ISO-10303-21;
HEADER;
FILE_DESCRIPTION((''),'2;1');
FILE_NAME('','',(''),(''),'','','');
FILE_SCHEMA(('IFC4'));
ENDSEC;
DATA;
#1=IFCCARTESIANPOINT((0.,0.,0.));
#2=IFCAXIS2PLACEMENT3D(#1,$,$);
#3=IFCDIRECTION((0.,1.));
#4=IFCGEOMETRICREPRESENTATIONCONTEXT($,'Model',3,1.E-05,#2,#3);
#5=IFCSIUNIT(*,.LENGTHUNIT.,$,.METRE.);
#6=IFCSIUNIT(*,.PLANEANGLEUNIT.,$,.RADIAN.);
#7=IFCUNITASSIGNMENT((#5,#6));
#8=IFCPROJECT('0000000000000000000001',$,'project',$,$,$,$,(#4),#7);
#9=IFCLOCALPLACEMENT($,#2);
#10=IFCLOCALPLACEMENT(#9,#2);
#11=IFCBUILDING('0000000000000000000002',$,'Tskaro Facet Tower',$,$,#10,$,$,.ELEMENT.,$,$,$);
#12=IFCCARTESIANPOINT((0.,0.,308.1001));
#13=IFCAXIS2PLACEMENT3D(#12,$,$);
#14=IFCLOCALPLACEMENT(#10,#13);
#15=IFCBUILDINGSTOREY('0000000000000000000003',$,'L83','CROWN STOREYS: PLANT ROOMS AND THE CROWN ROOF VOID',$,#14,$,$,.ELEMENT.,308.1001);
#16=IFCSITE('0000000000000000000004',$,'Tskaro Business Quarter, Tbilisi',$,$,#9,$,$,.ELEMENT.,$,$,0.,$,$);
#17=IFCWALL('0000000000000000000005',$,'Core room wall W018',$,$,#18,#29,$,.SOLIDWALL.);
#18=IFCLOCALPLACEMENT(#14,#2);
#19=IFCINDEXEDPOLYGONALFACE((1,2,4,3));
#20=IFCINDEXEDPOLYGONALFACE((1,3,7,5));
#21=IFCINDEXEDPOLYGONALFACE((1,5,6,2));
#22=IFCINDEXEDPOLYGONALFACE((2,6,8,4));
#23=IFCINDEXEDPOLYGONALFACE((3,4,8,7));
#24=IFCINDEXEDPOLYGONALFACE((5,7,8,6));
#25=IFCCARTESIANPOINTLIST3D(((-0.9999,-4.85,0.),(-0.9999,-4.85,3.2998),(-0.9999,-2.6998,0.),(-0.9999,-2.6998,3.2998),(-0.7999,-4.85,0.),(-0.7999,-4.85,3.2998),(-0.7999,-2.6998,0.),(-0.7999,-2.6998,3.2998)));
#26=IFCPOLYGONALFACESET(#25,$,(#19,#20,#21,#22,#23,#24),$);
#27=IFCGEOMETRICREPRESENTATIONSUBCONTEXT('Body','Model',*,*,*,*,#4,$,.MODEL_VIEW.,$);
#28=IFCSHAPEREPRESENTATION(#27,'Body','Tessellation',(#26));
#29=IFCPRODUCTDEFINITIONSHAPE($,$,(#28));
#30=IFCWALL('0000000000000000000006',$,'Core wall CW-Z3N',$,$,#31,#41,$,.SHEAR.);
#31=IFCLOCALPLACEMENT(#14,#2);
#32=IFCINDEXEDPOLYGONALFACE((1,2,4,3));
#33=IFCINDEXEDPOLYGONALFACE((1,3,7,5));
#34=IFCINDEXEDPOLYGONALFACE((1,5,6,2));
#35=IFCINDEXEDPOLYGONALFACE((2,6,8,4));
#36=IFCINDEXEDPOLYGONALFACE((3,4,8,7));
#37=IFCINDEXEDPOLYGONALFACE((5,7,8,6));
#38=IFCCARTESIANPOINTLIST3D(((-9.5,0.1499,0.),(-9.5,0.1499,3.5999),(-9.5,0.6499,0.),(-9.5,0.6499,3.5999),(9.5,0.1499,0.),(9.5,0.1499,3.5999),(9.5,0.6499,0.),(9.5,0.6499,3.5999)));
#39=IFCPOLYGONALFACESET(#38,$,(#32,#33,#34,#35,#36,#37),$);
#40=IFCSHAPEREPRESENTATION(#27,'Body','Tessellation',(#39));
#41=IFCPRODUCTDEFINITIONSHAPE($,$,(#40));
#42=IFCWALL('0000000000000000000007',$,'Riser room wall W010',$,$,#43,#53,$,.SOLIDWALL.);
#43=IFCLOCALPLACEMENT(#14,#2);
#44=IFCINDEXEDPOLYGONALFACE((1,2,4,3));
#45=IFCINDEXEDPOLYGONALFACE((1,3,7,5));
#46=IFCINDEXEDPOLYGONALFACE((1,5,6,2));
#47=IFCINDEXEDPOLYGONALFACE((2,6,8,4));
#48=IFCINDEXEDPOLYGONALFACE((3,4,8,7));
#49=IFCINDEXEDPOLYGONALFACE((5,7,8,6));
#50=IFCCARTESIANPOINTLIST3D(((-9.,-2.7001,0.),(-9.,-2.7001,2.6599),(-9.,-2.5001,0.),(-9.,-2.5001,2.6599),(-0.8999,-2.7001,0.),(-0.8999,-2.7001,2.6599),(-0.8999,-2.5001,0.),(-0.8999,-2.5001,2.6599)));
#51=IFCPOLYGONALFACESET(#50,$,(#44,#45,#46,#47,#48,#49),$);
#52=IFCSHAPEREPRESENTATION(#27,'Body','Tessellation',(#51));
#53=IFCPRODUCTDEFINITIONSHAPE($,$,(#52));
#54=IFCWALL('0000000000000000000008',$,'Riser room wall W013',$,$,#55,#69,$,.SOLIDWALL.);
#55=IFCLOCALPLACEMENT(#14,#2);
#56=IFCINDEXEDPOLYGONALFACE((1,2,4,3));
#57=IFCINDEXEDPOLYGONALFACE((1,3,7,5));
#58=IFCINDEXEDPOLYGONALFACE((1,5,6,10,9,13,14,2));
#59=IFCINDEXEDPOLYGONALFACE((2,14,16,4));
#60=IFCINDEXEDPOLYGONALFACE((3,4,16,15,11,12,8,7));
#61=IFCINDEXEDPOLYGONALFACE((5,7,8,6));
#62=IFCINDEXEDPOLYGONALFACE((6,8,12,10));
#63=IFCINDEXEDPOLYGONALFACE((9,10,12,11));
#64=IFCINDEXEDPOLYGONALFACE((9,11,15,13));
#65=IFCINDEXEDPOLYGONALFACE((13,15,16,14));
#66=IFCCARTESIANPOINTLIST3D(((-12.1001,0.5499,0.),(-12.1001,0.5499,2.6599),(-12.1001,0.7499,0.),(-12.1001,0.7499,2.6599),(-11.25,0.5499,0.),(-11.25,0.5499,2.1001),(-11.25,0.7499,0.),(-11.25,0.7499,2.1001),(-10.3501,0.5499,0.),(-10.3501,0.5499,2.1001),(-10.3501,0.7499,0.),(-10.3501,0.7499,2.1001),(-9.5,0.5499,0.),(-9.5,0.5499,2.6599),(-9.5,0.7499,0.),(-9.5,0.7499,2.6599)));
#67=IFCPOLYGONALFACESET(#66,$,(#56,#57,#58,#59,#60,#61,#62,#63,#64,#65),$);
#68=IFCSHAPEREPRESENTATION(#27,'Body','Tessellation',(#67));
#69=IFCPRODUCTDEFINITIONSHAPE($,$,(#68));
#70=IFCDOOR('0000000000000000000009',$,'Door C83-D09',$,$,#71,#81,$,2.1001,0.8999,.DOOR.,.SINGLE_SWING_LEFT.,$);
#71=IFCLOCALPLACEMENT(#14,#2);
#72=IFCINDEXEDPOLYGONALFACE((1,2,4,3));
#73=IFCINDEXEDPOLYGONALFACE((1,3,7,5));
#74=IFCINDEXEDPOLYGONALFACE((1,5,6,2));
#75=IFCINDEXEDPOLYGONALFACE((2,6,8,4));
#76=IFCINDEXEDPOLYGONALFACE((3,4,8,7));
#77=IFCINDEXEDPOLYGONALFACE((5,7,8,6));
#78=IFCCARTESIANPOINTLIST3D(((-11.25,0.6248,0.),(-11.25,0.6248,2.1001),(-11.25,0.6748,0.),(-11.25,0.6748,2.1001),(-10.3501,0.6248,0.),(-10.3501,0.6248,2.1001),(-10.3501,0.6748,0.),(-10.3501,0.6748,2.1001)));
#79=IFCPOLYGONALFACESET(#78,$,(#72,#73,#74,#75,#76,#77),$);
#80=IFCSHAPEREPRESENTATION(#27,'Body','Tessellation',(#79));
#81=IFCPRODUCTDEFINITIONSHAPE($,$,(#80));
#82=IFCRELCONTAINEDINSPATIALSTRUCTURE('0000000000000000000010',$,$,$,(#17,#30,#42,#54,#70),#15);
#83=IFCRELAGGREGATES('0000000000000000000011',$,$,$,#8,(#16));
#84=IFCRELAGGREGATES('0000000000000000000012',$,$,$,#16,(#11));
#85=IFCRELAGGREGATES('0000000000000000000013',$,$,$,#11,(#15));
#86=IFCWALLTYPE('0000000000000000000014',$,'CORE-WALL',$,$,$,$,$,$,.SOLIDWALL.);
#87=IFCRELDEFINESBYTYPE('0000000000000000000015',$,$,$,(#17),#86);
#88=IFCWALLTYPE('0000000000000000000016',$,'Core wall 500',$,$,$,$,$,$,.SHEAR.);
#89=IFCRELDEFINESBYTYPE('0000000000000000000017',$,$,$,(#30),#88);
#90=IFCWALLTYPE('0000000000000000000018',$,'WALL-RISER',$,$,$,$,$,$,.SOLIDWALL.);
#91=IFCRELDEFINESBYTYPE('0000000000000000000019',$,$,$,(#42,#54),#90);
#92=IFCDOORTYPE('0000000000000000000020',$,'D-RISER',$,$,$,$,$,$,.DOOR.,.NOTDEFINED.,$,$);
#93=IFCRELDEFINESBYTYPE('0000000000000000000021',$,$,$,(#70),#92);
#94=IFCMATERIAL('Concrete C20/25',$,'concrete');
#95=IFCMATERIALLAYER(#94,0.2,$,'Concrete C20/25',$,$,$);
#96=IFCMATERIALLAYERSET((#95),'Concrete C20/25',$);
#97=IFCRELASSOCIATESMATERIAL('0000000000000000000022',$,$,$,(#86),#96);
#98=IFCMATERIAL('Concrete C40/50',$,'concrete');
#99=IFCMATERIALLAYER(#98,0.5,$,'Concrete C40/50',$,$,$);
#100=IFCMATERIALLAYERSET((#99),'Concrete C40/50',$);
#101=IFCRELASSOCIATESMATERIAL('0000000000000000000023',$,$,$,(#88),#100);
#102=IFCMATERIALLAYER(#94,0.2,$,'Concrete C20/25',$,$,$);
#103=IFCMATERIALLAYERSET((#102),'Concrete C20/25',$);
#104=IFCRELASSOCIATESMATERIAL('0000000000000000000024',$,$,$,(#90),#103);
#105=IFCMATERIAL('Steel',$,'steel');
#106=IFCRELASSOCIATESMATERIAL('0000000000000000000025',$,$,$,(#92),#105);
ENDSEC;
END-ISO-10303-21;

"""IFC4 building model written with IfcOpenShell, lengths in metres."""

from ifc_helpers import new_model, si_unit, direction, frame, frame_2d, origin, place, context, subcontext, project, spatial, polyline, rectangle, outline, extrude, material, layer, layer_set, type_object, element, fill, save


model = new_model("IFC4")

# Units and contexts
model_context = context("Model", 3, precision=1e-05, world=origin(), true_north=direction((0.0, 1.0)))
body_context = subcontext(model_context, "Body", "Model", "MODEL_VIEW")
ifc_project = project(units=[si_unit("LENGTHUNIT", "METRE"), si_unit("PLANEANGLEUNIT", "RADIAN")], contexts=[model_context])

# Site, building, storey
site_placement = place(None, origin())
site = spatial("IfcSite", under=ifc_project, at=site_placement, Name="Tskaro Business Quarter, Tbilisi", CompositionType="ELEMENT", RefElevation=0.0)
building_placement = place(site_placement, origin())
building = spatial("IfcBuilding", under=site, at=building_placement, Name="Tskaro Facet Tower", CompositionType="ELEMENT")
storey_placement = place(building_placement, frame((0.0, 0.0, 308.1001)))
storey = spatial("IfcBuildingStorey", under=building, at=storey_placement, Name="L83", Description="CROWN STOREYS: PLANT ROOMS AND THE CROWN ROOF VOID", CompositionType="ELEMENT", Elevation=308.1001)

# Shared definitions
ifc_material_1 = material(Name="Concrete C40/50", Category="concrete")

# Shared definitions
ifc_material_2 = material(Name="Concrete C20/25", Category="concrete")
ifc_layer_1 = layer(ifc_material_2, 0.2, Name="Concrete C20/25")
ifc_layer_set_1 = layer_set([ifc_layer_1], Name="Concrete C20/25")
wall_type_1 = type_object("IfcWallType", Name="CORE-WALL", PredefinedType="SOLIDWALL", material=ifc_layer_set_1)
ifc_material_3 = material(Name="Steel", Category="steel")

# Walls
wall_1_placement = place(storey_placement, frame((-0.8999, -4.8501, 0.0), z_axis=(0.0, 0.0, 1.0), x_axis=(0.0, 1.0, 0.0)))
element("IfcWall", 1, at=wall_1_placement, inside=storey, type_object=wall_type_1, Name="Core room wall W018", PredefinedType="SOLIDWALL", context=body_context, shape_type="SweptSolid", body=[
    extrude(rectangle(XDim=2.1501, YDim=0.2, at=frame_2d((1.0752, 0.0))), origin(), (0.0, 0.0, 1.0), 3.2998),
])
ifc_layer_2 = layer(ifc_material_1, 0.5, Name="Concrete C40/50")
ifc_layer_set_2 = layer_set([ifc_layer_2], Name="Concrete C40/50")
wall_type_2 = type_object("IfcWallType", Name="Core wall 500", PredefinedType="SHEAR", material=ifc_layer_set_2)
wall_2_placement = place(storey_placement, frame((-9.5, 0.3999, 0.0), z_axis=(0.0, 0.0, 1.0), x_axis=(1.0, 0.0, 0.0)))
element("IfcWall", 2, at=wall_2_placement, inside=storey, type_object=wall_type_2, Name="Core wall CW-Z3N", PredefinedType="SHEAR", context=body_context, shape_type="SweptSolid", body=[
    extrude(outline(polyline([(0.0, 0.0), (19.0, 0.0), (19.0, 3.5999), (0.0, 3.5999), (0.0, 0.0)])), frame((0.0, 0.25, 0.0), z_axis=(0.0, -1.0, 0.0), x_axis=(1.0, 0.0, 0.0)), (0.0, 0.0, 1.0), 0.5),
])
ifc_layer_3 = layer(ifc_material_2, 0.2, Name="Concrete C20/25")
ifc_layer_set_3 = layer_set([ifc_layer_3], Name="Concrete C20/25")
wall_type_3 = type_object("IfcWallType", Name="WALL-RISER", PredefinedType="SOLIDWALL", material=ifc_layer_set_3)
wall_3_placement = place(storey_placement, frame((-9.0, -2.6001, 0.0), z_axis=(0.0, 0.0, 1.0), x_axis=(1.0, 0.0, 0.0)))
element("IfcWall", 3, at=wall_3_placement, inside=storey, type_object=wall_type_3, Name="Riser room wall W010", PredefinedType="SOLIDWALL", context=body_context, shape_type="SweptSolid", body=[
    extrude(rectangle(XDim=8.1001, YDim=0.2, at=frame_2d((4.05, 0.0))), origin(), (0.0, 0.0, 1.0), 2.6599),
])

# Wall, opening, door
wall_4_placement = place(storey_placement, frame((-12.1001, 0.6499, 0.0), z_axis=(0.0, 0.0, 1.0), x_axis=(1.0, 0.0, 0.0)))
wall_4 = element("IfcWall", 4, at=wall_4_placement, inside=storey, type_object=wall_type_3, Name="Riser room wall W013", PredefinedType="SOLIDWALL", context=body_context, shape_type="SweptSolid", body=[
    extrude(rectangle(XDim=2.6001, YDim=0.2, at=frame_2d((1.3, 0.0))), origin(), (0.0, 0.0, 1.0), 2.6599),
])
opening_1_placement = place(wall_4_placement, frame((0.8501, 0.0, 0.0)))
opening_1 = element("IfcOpeningElement", 5, at=opening_1_placement, cuts=wall_4, PredefinedType="OPENING", context=body_context, shape_type="SweptSolid", body=[
    extrude(rectangle(XDim=0.8999, YDim=2.1001, at=frame_2d((0.45, 1.05))), frame((0.0, 0.1099, 0.0), z_axis=(0.0, -1.0, 0.0), x_axis=(1.0, 0.0, 0.0)), (0.0, 0.0, 1.0), 0.22),
])
door_type_1 = type_object("IfcDoorType", Name="D-RISER", OperationType="NOTDEFINED", PredefinedType="DOOR", material=ifc_material_3)
door_1_placement = place(opening_1_placement, origin())
door_1 = element("IfcDoor", 6, at=door_1_placement, inside=storey, type_object=door_type_1, Name="Door C83-D09", OperationType="SINGLE_SWING_LEFT", OverallHeight=2.1001, OverallWidth=0.8999, PredefinedType="DOOR", context=body_context, shape_type="SweptSolid", body=[
    extrude(rectangle(XDim=0.8999, YDim=2.1001, at=frame_2d((0.45, 1.05))), frame((0.0, 0.0249, 0.0), z_axis=(0.0, -1.0, 0.0), x_axis=(1.0, 0.0, 0.0)), (0.0, 0.0, 1.0), 0.05),
])
fill(opening_1, door_1)

save(model, "model.ifc")
